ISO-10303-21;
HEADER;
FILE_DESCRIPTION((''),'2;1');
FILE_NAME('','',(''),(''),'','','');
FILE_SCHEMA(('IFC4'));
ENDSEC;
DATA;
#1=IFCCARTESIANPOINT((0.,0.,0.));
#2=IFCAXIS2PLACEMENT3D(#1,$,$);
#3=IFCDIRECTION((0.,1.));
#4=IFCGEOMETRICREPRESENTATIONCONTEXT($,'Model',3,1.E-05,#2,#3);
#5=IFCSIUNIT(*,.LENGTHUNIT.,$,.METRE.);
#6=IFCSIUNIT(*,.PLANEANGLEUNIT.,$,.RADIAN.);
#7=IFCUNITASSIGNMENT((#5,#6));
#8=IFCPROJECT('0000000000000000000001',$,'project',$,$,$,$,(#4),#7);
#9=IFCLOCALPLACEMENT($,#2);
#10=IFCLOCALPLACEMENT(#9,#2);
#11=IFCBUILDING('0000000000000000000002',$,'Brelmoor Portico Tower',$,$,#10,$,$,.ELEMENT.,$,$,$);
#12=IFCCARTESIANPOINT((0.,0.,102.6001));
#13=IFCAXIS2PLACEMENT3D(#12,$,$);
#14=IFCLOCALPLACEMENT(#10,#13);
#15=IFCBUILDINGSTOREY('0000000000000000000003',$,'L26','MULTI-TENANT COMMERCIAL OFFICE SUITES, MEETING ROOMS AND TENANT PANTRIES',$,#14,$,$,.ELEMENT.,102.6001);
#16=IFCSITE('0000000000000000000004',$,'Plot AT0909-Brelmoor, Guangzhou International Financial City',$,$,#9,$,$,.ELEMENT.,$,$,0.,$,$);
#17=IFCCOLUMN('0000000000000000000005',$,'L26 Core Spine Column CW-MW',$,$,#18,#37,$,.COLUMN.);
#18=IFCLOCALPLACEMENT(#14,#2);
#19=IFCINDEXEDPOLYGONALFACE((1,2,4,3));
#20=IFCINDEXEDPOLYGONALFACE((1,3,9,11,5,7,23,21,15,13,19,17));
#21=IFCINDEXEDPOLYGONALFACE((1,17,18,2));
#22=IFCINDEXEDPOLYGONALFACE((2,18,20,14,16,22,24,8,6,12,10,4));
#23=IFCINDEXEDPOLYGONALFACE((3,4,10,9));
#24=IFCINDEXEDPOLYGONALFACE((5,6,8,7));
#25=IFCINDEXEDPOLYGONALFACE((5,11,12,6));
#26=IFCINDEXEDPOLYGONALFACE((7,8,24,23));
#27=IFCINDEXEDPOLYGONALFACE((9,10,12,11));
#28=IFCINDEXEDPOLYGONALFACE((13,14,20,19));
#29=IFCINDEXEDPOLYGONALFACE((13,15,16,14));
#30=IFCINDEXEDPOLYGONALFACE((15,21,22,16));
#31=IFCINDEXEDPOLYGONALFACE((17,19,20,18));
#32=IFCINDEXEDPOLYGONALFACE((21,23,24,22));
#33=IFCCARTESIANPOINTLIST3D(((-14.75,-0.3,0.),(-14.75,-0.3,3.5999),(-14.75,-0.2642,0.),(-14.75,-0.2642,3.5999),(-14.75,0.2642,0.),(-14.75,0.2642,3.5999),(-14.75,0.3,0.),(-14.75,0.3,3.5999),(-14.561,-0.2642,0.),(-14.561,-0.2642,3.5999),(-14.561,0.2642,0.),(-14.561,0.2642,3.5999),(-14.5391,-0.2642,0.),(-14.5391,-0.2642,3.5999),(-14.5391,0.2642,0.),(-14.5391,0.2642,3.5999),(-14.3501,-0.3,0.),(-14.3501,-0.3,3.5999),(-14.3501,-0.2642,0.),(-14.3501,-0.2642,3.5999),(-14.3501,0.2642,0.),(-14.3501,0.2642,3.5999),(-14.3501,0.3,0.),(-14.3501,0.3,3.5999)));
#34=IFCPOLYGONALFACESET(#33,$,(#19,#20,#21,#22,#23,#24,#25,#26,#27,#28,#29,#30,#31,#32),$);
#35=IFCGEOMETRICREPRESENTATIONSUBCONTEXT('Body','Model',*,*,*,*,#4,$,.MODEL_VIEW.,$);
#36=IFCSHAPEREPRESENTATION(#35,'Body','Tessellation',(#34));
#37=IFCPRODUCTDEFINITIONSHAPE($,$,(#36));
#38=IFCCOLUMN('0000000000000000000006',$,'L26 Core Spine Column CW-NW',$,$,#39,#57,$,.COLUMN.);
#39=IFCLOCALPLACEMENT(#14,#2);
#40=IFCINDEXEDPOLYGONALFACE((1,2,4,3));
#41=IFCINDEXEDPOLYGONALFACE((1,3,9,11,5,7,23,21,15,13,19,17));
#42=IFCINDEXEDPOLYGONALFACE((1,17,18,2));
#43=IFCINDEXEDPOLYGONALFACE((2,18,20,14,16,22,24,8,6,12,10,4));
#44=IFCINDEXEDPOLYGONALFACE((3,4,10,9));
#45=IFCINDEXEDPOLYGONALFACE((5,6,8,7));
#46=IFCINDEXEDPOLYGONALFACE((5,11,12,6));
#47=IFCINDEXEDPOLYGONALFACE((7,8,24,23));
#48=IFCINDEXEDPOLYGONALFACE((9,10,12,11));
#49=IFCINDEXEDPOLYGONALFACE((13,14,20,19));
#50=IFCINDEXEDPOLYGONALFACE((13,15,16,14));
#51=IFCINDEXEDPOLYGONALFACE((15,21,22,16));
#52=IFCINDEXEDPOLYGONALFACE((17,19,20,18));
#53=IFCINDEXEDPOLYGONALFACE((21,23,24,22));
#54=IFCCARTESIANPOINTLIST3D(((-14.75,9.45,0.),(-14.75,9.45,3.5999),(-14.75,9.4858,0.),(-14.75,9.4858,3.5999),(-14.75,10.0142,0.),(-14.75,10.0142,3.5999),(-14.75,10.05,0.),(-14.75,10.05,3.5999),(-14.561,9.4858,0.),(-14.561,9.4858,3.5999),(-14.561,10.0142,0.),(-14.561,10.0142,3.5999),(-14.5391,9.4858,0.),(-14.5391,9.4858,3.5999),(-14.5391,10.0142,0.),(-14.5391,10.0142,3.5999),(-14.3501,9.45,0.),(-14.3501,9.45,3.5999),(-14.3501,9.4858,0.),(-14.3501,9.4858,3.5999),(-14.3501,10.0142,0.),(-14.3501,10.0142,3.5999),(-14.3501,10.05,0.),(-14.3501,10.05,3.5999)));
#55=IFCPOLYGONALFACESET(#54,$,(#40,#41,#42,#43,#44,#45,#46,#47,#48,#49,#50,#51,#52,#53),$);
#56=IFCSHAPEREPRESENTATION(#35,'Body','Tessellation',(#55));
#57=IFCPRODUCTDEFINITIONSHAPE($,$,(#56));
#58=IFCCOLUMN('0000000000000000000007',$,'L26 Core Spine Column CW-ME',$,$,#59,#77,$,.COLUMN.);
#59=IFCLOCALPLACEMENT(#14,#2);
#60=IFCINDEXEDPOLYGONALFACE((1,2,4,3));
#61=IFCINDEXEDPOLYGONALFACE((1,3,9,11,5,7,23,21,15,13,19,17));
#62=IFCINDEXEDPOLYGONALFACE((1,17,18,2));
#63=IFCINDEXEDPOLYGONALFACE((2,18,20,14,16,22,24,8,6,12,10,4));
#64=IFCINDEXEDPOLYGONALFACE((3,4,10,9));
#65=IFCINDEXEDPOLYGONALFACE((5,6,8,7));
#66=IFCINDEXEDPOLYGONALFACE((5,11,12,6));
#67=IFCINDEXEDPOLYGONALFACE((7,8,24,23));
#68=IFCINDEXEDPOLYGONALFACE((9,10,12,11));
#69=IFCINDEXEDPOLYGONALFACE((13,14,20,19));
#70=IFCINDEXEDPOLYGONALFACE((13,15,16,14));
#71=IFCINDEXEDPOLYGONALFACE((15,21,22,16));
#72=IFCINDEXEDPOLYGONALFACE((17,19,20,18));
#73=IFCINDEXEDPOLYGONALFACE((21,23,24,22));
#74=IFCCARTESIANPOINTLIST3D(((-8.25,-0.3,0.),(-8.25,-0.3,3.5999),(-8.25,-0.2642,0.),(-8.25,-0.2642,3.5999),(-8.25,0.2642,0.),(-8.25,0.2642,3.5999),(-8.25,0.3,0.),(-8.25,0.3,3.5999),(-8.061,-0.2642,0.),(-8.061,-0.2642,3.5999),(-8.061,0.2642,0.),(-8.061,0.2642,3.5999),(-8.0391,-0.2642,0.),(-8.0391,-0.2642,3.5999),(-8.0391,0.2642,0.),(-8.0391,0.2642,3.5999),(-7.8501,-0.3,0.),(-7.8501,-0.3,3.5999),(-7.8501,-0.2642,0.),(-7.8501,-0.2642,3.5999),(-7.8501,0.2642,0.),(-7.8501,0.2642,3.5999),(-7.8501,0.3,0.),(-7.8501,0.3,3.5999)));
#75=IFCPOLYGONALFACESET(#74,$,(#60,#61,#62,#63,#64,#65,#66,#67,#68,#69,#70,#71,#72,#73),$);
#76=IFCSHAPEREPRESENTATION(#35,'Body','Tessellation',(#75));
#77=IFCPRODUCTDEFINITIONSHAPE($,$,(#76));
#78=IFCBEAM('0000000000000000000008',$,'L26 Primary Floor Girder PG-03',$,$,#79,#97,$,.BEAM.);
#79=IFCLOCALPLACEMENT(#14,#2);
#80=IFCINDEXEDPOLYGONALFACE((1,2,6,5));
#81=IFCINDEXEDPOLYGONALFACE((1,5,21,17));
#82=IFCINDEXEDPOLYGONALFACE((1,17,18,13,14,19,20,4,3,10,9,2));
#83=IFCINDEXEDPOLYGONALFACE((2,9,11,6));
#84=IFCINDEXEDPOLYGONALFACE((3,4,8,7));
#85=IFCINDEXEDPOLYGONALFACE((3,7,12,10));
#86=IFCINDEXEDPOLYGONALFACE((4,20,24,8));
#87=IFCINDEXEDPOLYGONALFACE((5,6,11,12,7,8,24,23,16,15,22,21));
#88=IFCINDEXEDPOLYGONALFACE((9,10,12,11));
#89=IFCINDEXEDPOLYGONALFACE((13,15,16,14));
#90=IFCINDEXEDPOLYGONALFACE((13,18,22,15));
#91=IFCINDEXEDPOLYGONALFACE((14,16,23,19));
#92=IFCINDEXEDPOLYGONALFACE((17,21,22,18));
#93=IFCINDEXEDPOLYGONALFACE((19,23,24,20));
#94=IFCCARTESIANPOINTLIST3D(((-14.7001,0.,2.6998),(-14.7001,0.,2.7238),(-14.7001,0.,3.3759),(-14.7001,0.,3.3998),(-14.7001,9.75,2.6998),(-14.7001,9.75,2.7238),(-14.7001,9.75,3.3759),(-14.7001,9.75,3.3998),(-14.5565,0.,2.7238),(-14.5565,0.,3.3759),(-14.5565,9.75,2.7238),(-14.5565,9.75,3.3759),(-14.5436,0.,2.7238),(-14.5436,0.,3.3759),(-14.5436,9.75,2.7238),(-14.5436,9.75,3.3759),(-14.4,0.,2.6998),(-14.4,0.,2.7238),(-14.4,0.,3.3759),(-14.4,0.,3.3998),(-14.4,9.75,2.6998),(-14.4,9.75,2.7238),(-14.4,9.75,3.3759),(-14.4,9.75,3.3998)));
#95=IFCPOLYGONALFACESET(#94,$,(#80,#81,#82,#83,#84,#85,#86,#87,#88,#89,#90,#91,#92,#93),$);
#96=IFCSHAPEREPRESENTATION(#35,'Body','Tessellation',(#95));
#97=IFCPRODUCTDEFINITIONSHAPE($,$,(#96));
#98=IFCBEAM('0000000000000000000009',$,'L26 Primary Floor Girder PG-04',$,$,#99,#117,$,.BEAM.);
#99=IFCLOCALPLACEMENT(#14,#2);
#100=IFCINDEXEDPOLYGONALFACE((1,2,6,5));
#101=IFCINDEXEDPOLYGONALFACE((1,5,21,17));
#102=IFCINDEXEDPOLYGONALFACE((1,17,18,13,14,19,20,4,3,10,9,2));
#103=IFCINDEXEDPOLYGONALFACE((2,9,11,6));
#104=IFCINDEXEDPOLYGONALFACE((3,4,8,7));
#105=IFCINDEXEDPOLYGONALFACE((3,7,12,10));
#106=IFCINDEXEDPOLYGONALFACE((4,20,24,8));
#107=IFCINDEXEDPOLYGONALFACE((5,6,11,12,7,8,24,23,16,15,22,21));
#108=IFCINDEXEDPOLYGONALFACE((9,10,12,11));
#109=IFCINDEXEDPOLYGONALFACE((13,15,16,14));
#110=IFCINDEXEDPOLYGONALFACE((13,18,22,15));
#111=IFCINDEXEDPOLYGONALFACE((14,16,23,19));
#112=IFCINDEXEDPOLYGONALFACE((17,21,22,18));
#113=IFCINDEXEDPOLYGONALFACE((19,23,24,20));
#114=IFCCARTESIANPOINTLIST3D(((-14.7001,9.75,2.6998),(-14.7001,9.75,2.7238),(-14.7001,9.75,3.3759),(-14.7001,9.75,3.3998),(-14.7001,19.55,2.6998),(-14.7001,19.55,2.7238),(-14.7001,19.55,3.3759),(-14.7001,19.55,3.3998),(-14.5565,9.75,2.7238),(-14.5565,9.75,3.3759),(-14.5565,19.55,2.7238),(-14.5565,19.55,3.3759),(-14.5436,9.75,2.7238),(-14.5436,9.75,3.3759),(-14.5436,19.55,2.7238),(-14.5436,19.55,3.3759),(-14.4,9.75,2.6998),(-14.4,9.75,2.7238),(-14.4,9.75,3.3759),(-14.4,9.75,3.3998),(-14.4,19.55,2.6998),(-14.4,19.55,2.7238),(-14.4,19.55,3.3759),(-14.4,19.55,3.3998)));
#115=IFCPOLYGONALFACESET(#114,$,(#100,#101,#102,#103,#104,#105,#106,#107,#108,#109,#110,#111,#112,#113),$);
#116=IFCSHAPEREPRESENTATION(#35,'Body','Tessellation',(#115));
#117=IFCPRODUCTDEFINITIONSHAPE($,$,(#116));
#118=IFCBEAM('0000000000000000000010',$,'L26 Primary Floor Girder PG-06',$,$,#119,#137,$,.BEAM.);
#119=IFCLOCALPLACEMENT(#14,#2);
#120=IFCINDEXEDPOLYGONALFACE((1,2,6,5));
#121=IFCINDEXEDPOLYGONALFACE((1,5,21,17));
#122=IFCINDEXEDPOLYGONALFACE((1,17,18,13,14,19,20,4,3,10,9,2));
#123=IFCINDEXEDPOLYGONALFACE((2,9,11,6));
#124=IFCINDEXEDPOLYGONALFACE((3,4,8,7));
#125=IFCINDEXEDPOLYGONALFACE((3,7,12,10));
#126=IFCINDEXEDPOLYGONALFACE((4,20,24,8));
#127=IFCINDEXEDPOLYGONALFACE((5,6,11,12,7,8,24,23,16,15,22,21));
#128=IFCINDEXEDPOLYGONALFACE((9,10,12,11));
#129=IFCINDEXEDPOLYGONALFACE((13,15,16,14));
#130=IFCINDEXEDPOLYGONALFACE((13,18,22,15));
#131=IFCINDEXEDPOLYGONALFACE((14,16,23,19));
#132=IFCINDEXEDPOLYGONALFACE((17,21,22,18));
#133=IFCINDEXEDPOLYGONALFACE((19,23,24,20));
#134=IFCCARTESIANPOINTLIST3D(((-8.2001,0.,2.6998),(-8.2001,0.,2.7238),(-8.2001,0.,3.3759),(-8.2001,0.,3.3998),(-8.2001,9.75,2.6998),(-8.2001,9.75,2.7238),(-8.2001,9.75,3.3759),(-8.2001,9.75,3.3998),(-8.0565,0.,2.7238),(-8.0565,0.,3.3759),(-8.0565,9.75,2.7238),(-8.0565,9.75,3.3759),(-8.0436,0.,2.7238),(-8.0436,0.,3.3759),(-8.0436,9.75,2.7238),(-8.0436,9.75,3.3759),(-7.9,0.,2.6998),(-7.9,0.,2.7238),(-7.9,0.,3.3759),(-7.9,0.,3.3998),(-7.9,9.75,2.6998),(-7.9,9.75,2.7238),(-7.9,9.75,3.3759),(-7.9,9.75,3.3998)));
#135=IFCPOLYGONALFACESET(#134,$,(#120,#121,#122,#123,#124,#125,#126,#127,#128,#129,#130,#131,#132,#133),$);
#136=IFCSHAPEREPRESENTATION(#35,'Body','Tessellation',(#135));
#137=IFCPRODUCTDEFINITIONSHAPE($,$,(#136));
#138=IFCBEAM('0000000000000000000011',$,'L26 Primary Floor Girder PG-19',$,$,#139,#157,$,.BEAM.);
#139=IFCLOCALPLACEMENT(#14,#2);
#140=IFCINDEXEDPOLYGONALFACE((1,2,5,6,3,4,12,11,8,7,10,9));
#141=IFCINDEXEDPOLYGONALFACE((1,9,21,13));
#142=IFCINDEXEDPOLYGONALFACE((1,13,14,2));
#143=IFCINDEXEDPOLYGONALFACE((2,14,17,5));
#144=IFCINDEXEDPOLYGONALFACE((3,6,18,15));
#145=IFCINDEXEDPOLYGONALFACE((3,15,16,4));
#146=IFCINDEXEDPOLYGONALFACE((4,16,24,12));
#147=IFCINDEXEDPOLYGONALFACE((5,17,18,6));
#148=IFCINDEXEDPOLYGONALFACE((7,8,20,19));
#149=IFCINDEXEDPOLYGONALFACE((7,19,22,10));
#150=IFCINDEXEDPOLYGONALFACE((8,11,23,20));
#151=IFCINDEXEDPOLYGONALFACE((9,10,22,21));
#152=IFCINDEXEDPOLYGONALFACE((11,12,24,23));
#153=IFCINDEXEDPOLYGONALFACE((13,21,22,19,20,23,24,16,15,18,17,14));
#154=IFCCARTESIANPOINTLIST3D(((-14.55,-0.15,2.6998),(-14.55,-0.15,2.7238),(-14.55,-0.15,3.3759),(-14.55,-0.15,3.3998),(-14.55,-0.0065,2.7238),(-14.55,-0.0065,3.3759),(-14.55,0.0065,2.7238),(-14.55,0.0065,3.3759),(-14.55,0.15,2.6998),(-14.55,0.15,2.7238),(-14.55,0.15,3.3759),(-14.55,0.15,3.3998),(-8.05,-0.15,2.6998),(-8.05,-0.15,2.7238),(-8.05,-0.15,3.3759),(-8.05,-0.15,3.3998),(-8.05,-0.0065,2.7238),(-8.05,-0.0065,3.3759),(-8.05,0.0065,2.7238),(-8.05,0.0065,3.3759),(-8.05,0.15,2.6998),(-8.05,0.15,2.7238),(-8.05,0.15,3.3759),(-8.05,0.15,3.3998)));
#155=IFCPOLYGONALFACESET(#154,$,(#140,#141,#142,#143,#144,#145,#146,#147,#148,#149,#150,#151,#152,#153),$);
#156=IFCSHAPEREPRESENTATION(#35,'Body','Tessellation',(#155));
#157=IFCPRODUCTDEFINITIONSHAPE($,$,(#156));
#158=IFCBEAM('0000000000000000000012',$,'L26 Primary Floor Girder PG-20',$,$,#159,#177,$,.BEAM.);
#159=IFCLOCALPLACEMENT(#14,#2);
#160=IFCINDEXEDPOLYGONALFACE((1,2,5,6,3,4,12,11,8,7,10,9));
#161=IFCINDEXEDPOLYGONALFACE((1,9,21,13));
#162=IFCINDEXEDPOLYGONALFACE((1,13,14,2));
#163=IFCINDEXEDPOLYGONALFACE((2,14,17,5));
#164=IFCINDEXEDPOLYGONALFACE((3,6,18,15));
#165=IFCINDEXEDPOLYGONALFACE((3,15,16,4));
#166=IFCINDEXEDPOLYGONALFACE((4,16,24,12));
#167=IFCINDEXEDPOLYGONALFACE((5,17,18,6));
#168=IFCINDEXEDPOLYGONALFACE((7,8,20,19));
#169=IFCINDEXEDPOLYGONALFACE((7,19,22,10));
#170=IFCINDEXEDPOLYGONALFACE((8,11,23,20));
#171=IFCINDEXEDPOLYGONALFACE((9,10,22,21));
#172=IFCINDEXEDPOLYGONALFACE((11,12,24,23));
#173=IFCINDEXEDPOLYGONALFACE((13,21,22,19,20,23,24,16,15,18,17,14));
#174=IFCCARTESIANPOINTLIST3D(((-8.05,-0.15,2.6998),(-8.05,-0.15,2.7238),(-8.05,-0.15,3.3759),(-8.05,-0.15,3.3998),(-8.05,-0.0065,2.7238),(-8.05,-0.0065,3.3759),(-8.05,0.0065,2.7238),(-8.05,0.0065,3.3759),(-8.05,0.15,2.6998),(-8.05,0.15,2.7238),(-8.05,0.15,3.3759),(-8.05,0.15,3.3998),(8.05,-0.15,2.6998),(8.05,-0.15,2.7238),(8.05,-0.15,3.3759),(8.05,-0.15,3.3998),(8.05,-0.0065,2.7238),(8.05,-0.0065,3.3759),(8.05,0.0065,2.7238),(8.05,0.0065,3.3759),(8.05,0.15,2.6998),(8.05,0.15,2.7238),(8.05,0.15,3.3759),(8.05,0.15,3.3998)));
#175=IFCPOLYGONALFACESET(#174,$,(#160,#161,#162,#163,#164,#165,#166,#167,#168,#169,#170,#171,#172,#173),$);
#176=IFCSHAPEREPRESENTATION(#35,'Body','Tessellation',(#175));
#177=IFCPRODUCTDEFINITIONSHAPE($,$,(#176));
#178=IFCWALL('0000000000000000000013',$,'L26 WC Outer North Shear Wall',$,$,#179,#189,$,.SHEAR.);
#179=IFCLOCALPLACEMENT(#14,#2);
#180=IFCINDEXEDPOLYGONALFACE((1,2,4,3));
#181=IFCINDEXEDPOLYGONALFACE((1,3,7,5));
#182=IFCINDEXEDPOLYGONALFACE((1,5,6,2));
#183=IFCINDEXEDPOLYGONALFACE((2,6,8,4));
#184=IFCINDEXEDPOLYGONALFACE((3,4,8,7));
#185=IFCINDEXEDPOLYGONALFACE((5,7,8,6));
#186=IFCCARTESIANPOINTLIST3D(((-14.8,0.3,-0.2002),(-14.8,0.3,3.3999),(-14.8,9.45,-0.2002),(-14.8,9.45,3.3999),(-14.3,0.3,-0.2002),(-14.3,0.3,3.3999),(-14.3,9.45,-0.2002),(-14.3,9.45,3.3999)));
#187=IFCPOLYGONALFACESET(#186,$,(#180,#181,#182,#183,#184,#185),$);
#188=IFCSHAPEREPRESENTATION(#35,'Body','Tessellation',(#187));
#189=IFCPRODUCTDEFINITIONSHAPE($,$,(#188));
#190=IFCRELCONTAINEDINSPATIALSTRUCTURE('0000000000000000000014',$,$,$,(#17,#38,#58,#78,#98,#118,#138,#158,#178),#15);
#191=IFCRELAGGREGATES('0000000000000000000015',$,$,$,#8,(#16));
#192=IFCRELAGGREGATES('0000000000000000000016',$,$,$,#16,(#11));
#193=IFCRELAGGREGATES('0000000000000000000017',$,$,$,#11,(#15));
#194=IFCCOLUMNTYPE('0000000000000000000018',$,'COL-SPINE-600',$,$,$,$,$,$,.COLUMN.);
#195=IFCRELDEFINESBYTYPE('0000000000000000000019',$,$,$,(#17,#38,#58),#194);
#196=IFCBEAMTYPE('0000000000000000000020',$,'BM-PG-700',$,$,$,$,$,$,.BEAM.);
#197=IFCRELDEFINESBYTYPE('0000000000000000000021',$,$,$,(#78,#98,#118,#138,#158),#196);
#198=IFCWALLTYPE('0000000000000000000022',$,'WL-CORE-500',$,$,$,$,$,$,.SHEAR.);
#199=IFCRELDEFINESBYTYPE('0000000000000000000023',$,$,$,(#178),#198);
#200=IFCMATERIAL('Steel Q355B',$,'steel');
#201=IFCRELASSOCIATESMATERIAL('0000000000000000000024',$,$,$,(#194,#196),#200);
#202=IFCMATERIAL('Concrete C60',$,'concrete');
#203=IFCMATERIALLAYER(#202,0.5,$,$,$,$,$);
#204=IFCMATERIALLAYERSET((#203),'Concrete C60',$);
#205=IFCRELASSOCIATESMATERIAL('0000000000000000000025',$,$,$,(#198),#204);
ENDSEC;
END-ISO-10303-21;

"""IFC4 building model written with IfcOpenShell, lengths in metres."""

from ifc_helpers import new_model, si_unit, direction, frame, frame_2d, origin, origin_2d, place, context, subcontext, project, spatial, rectangle, i_section, extrude, material, layer, layer_set, material_profile, profile_set, type_object, element, save


model = new_model("IFC4")

# Units and contexts
model_context = context("Model", 3, precision=1e-05, world=origin(), true_north=direction((0.0, 1.0)))
body_context = subcontext(model_context, "Body", "Model", "MODEL_VIEW")
ifc_project = project(units=[si_unit("LENGTHUNIT", "METRE"), si_unit("PLANEANGLEUNIT", "RADIAN")], contexts=[model_context])

# Site, building, storey
site_placement = place(None, origin())
site = spatial("IfcSite", under=ifc_project, at=site_placement, Name="Plot AT0909-Brelmoor, Guangzhou International Financial City", CompositionType="ELEMENT", RefElevation=0.0)
building_placement = place(site_placement, origin())
building = spatial("IfcBuilding", under=site, at=building_placement, Name="Brelmoor Portico Tower", CompositionType="ELEMENT")
storey_placement = place(building_placement, frame((0.0, 0.0, 102.6001)))
storey = spatial("IfcBuildingStorey", under=building, at=storey_placement, Name="L26", Description="MULTI-TENANT COMMERCIAL OFFICE SUITES, MEETING ROOMS AND TENANT PANTRIES", CompositionType="ELEMENT", Elevation=102.6001)

# Columns
ifc_material_1 = material(Name="Steel Q355B", Category="steel")
ifc_material_profile_1 = material_profile(ifc_material_1, i_section(OverallWidth=0.3999, OverallDepth=0.6001, WebThickness=0.022, FlangeThickness=0.0359, at=origin_2d()), Name="HW 600x400x22x36")
ifc_profile_set_1 = profile_set([ifc_material_profile_1], Name="Steel Q355B")
column_type = type_object("IfcColumnType", Name="COL-SPINE-600", PredefinedType="COLUMN", material=ifc_profile_set_1)
for number, where, z_axis, x_axis, name in (
    (1, (-14.55, 0.0, 0.0), (0.0, 0.0, 1.0), (1.0, 0.0, 0.0), "L26 Core Spine Column CW-MW"),
    (2, (-14.55, 9.75, 0.0), (0.0, 0.0, 1.0), (1.0, 0.0, 0.0), "L26 Core Spine Column CW-NW"),
    (3, (-8.05, 0.0, 0.0), (0.0, 0.0, 1.0), (1.0, 0.0, 0.0), "L26 Core Spine Column CW-ME"),
):
    element("IfcColumn", number, at=place(storey_placement, frame(where, z_axis=z_axis, x_axis=x_axis)), inside=storey, type_object=column_type, Name=name, PredefinedType="COLUMN", context=body_context, shape_type="SweptSolid", body=[
        extrude(i_section(OverallWidth=0.3999, OverallDepth=0.6001, WebThickness=0.022, FlangeThickness=0.0359, at=origin_2d()), origin(), (0.0, 0.0, 1.0), 3.5999),
    ])

# Beams
ifc_material_profile_2 = material_profile(ifc_material_1, i_section(OverallWidth=0.3, OverallDepth=0.7, WebThickness=0.0129, FlangeThickness=0.0239, at=origin_2d()), Name="HN 700x300x13x24")
ifc_profile_set_2 = profile_set([ifc_material_profile_2], Name="Steel Q355B")
beam_type = type_object("IfcBeamType", Name="BM-PG-700", PredefinedType="BEAM", material=ifc_profile_set_2)
beam_1_placement = place(storey_placement, frame((-14.55, 0.0, 3.0498), z_axis=(0.0, 1.0, 0.0), x_axis=(-1.0, 0.0, 0.0)))
element("IfcBeam", 4, at=beam_1_placement, inside=storey, type_object=beam_type, Name="L26 Primary Floor Girder PG-03", PredefinedType="BEAM", context=body_context, shape_type="SweptSolid", body=[
    extrude(i_section(OverallWidth=0.3, OverallDepth=0.7, WebThickness=0.0129, FlangeThickness=0.0239, at=origin_2d()), origin(), (0.0, 0.0, 1.0), 9.75),
])
beam_2_placement = place(storey_placement, frame((-14.55, 9.75, 3.0498), z_axis=(0.0, 1.0, 0.0), x_axis=(-1.0, 0.0, 0.0)))
element("IfcBeam", 5, at=beam_2_placement, inside=storey, type_object=beam_type, Name="L26 Primary Floor Girder PG-04", PredefinedType="BEAM", context=body_context, shape_type="SweptSolid", body=[
    extrude(i_section(OverallWidth=0.3, OverallDepth=0.7, WebThickness=0.0129, FlangeThickness=0.0239, at=origin_2d()), origin(), (0.0, 0.0, 1.0), 9.8),
])
beam_3_placement = place(storey_placement, frame((-8.05, 0.0, 3.0498), z_axis=(0.0, 1.0, 0.0), x_axis=(-1.0, 0.0, 0.0)))
element("IfcBeam", 6, at=beam_3_placement, inside=storey, type_object=beam_type, Name="L26 Primary Floor Girder PG-06", PredefinedType="BEAM", context=body_context, shape_type="SweptSolid", body=[
    extrude(i_section(OverallWidth=0.3, OverallDepth=0.7, WebThickness=0.0129, FlangeThickness=0.0239, at=origin_2d()), origin(), (0.0, 0.0, 1.0), 9.75),
])
beam_4_placement = place(storey_placement, frame((-14.55, 0.0, 3.0498), z_axis=(1.0, 0.0, 0.0), x_axis=(0.0, 1.0, 0.0)))
element("IfcBeam", 7, at=beam_4_placement, inside=storey, type_object=beam_type, Name="L26 Primary Floor Girder PG-19", PredefinedType="BEAM", context=body_context, shape_type="SweptSolid", body=[
    extrude(i_section(OverallWidth=0.3, OverallDepth=0.7, WebThickness=0.0129, FlangeThickness=0.0239, at=origin_2d()), origin(), (0.0, 0.0, 1.0), 6.5),
])
beam_5_placement = place(storey_placement, frame((-8.05, 0.0, 3.0498), z_axis=(1.0, 0.0, 0.0), x_axis=(0.0, 1.0, 0.0)))
element("IfcBeam", 8, at=beam_5_placement, inside=storey, type_object=beam_type, Name="L26 Primary Floor Girder PG-20", PredefinedType="BEAM", context=body_context, shape_type="SweptSolid", body=[
    extrude(i_section(OverallWidth=0.3, OverallDepth=0.7, WebThickness=0.0129, FlangeThickness=0.0239, at=origin_2d()), origin(), (0.0, 0.0, 1.0), 16.1001),
])

# Wall
ifc_material_2 = material(Name="Concrete C60", Category="concrete")
ifc_layer_1 = layer(ifc_material_2, 0.5)
ifc_layer_set_1 = layer_set([ifc_layer_1], Name="Concrete C60")
wall_type_1 = type_object("IfcWallType", Name="WL-CORE-500", PredefinedType="SHEAR", material=ifc_layer_set_1)
wall_1_placement = place(storey_placement, frame((-14.55, 0.3, -0.2002), z_axis=(0.0, 0.0, 1.0), x_axis=(0.0, 1.0, 0.0)))
element("IfcWall", 9, at=wall_1_placement, inside=storey, type_object=wall_type_1, Name="L26 WC Outer North Shear Wall", PredefinedType="SHEAR", context=body_context, shape_type="SweptSolid", body=[
    extrude(rectangle(XDim=9.1499, YDim=0.5, at=frame_2d((4.575, 0.0))), origin(), (0.0, 0.0, 1.0), 3.6001),
])

save(model, "model.ifc")
